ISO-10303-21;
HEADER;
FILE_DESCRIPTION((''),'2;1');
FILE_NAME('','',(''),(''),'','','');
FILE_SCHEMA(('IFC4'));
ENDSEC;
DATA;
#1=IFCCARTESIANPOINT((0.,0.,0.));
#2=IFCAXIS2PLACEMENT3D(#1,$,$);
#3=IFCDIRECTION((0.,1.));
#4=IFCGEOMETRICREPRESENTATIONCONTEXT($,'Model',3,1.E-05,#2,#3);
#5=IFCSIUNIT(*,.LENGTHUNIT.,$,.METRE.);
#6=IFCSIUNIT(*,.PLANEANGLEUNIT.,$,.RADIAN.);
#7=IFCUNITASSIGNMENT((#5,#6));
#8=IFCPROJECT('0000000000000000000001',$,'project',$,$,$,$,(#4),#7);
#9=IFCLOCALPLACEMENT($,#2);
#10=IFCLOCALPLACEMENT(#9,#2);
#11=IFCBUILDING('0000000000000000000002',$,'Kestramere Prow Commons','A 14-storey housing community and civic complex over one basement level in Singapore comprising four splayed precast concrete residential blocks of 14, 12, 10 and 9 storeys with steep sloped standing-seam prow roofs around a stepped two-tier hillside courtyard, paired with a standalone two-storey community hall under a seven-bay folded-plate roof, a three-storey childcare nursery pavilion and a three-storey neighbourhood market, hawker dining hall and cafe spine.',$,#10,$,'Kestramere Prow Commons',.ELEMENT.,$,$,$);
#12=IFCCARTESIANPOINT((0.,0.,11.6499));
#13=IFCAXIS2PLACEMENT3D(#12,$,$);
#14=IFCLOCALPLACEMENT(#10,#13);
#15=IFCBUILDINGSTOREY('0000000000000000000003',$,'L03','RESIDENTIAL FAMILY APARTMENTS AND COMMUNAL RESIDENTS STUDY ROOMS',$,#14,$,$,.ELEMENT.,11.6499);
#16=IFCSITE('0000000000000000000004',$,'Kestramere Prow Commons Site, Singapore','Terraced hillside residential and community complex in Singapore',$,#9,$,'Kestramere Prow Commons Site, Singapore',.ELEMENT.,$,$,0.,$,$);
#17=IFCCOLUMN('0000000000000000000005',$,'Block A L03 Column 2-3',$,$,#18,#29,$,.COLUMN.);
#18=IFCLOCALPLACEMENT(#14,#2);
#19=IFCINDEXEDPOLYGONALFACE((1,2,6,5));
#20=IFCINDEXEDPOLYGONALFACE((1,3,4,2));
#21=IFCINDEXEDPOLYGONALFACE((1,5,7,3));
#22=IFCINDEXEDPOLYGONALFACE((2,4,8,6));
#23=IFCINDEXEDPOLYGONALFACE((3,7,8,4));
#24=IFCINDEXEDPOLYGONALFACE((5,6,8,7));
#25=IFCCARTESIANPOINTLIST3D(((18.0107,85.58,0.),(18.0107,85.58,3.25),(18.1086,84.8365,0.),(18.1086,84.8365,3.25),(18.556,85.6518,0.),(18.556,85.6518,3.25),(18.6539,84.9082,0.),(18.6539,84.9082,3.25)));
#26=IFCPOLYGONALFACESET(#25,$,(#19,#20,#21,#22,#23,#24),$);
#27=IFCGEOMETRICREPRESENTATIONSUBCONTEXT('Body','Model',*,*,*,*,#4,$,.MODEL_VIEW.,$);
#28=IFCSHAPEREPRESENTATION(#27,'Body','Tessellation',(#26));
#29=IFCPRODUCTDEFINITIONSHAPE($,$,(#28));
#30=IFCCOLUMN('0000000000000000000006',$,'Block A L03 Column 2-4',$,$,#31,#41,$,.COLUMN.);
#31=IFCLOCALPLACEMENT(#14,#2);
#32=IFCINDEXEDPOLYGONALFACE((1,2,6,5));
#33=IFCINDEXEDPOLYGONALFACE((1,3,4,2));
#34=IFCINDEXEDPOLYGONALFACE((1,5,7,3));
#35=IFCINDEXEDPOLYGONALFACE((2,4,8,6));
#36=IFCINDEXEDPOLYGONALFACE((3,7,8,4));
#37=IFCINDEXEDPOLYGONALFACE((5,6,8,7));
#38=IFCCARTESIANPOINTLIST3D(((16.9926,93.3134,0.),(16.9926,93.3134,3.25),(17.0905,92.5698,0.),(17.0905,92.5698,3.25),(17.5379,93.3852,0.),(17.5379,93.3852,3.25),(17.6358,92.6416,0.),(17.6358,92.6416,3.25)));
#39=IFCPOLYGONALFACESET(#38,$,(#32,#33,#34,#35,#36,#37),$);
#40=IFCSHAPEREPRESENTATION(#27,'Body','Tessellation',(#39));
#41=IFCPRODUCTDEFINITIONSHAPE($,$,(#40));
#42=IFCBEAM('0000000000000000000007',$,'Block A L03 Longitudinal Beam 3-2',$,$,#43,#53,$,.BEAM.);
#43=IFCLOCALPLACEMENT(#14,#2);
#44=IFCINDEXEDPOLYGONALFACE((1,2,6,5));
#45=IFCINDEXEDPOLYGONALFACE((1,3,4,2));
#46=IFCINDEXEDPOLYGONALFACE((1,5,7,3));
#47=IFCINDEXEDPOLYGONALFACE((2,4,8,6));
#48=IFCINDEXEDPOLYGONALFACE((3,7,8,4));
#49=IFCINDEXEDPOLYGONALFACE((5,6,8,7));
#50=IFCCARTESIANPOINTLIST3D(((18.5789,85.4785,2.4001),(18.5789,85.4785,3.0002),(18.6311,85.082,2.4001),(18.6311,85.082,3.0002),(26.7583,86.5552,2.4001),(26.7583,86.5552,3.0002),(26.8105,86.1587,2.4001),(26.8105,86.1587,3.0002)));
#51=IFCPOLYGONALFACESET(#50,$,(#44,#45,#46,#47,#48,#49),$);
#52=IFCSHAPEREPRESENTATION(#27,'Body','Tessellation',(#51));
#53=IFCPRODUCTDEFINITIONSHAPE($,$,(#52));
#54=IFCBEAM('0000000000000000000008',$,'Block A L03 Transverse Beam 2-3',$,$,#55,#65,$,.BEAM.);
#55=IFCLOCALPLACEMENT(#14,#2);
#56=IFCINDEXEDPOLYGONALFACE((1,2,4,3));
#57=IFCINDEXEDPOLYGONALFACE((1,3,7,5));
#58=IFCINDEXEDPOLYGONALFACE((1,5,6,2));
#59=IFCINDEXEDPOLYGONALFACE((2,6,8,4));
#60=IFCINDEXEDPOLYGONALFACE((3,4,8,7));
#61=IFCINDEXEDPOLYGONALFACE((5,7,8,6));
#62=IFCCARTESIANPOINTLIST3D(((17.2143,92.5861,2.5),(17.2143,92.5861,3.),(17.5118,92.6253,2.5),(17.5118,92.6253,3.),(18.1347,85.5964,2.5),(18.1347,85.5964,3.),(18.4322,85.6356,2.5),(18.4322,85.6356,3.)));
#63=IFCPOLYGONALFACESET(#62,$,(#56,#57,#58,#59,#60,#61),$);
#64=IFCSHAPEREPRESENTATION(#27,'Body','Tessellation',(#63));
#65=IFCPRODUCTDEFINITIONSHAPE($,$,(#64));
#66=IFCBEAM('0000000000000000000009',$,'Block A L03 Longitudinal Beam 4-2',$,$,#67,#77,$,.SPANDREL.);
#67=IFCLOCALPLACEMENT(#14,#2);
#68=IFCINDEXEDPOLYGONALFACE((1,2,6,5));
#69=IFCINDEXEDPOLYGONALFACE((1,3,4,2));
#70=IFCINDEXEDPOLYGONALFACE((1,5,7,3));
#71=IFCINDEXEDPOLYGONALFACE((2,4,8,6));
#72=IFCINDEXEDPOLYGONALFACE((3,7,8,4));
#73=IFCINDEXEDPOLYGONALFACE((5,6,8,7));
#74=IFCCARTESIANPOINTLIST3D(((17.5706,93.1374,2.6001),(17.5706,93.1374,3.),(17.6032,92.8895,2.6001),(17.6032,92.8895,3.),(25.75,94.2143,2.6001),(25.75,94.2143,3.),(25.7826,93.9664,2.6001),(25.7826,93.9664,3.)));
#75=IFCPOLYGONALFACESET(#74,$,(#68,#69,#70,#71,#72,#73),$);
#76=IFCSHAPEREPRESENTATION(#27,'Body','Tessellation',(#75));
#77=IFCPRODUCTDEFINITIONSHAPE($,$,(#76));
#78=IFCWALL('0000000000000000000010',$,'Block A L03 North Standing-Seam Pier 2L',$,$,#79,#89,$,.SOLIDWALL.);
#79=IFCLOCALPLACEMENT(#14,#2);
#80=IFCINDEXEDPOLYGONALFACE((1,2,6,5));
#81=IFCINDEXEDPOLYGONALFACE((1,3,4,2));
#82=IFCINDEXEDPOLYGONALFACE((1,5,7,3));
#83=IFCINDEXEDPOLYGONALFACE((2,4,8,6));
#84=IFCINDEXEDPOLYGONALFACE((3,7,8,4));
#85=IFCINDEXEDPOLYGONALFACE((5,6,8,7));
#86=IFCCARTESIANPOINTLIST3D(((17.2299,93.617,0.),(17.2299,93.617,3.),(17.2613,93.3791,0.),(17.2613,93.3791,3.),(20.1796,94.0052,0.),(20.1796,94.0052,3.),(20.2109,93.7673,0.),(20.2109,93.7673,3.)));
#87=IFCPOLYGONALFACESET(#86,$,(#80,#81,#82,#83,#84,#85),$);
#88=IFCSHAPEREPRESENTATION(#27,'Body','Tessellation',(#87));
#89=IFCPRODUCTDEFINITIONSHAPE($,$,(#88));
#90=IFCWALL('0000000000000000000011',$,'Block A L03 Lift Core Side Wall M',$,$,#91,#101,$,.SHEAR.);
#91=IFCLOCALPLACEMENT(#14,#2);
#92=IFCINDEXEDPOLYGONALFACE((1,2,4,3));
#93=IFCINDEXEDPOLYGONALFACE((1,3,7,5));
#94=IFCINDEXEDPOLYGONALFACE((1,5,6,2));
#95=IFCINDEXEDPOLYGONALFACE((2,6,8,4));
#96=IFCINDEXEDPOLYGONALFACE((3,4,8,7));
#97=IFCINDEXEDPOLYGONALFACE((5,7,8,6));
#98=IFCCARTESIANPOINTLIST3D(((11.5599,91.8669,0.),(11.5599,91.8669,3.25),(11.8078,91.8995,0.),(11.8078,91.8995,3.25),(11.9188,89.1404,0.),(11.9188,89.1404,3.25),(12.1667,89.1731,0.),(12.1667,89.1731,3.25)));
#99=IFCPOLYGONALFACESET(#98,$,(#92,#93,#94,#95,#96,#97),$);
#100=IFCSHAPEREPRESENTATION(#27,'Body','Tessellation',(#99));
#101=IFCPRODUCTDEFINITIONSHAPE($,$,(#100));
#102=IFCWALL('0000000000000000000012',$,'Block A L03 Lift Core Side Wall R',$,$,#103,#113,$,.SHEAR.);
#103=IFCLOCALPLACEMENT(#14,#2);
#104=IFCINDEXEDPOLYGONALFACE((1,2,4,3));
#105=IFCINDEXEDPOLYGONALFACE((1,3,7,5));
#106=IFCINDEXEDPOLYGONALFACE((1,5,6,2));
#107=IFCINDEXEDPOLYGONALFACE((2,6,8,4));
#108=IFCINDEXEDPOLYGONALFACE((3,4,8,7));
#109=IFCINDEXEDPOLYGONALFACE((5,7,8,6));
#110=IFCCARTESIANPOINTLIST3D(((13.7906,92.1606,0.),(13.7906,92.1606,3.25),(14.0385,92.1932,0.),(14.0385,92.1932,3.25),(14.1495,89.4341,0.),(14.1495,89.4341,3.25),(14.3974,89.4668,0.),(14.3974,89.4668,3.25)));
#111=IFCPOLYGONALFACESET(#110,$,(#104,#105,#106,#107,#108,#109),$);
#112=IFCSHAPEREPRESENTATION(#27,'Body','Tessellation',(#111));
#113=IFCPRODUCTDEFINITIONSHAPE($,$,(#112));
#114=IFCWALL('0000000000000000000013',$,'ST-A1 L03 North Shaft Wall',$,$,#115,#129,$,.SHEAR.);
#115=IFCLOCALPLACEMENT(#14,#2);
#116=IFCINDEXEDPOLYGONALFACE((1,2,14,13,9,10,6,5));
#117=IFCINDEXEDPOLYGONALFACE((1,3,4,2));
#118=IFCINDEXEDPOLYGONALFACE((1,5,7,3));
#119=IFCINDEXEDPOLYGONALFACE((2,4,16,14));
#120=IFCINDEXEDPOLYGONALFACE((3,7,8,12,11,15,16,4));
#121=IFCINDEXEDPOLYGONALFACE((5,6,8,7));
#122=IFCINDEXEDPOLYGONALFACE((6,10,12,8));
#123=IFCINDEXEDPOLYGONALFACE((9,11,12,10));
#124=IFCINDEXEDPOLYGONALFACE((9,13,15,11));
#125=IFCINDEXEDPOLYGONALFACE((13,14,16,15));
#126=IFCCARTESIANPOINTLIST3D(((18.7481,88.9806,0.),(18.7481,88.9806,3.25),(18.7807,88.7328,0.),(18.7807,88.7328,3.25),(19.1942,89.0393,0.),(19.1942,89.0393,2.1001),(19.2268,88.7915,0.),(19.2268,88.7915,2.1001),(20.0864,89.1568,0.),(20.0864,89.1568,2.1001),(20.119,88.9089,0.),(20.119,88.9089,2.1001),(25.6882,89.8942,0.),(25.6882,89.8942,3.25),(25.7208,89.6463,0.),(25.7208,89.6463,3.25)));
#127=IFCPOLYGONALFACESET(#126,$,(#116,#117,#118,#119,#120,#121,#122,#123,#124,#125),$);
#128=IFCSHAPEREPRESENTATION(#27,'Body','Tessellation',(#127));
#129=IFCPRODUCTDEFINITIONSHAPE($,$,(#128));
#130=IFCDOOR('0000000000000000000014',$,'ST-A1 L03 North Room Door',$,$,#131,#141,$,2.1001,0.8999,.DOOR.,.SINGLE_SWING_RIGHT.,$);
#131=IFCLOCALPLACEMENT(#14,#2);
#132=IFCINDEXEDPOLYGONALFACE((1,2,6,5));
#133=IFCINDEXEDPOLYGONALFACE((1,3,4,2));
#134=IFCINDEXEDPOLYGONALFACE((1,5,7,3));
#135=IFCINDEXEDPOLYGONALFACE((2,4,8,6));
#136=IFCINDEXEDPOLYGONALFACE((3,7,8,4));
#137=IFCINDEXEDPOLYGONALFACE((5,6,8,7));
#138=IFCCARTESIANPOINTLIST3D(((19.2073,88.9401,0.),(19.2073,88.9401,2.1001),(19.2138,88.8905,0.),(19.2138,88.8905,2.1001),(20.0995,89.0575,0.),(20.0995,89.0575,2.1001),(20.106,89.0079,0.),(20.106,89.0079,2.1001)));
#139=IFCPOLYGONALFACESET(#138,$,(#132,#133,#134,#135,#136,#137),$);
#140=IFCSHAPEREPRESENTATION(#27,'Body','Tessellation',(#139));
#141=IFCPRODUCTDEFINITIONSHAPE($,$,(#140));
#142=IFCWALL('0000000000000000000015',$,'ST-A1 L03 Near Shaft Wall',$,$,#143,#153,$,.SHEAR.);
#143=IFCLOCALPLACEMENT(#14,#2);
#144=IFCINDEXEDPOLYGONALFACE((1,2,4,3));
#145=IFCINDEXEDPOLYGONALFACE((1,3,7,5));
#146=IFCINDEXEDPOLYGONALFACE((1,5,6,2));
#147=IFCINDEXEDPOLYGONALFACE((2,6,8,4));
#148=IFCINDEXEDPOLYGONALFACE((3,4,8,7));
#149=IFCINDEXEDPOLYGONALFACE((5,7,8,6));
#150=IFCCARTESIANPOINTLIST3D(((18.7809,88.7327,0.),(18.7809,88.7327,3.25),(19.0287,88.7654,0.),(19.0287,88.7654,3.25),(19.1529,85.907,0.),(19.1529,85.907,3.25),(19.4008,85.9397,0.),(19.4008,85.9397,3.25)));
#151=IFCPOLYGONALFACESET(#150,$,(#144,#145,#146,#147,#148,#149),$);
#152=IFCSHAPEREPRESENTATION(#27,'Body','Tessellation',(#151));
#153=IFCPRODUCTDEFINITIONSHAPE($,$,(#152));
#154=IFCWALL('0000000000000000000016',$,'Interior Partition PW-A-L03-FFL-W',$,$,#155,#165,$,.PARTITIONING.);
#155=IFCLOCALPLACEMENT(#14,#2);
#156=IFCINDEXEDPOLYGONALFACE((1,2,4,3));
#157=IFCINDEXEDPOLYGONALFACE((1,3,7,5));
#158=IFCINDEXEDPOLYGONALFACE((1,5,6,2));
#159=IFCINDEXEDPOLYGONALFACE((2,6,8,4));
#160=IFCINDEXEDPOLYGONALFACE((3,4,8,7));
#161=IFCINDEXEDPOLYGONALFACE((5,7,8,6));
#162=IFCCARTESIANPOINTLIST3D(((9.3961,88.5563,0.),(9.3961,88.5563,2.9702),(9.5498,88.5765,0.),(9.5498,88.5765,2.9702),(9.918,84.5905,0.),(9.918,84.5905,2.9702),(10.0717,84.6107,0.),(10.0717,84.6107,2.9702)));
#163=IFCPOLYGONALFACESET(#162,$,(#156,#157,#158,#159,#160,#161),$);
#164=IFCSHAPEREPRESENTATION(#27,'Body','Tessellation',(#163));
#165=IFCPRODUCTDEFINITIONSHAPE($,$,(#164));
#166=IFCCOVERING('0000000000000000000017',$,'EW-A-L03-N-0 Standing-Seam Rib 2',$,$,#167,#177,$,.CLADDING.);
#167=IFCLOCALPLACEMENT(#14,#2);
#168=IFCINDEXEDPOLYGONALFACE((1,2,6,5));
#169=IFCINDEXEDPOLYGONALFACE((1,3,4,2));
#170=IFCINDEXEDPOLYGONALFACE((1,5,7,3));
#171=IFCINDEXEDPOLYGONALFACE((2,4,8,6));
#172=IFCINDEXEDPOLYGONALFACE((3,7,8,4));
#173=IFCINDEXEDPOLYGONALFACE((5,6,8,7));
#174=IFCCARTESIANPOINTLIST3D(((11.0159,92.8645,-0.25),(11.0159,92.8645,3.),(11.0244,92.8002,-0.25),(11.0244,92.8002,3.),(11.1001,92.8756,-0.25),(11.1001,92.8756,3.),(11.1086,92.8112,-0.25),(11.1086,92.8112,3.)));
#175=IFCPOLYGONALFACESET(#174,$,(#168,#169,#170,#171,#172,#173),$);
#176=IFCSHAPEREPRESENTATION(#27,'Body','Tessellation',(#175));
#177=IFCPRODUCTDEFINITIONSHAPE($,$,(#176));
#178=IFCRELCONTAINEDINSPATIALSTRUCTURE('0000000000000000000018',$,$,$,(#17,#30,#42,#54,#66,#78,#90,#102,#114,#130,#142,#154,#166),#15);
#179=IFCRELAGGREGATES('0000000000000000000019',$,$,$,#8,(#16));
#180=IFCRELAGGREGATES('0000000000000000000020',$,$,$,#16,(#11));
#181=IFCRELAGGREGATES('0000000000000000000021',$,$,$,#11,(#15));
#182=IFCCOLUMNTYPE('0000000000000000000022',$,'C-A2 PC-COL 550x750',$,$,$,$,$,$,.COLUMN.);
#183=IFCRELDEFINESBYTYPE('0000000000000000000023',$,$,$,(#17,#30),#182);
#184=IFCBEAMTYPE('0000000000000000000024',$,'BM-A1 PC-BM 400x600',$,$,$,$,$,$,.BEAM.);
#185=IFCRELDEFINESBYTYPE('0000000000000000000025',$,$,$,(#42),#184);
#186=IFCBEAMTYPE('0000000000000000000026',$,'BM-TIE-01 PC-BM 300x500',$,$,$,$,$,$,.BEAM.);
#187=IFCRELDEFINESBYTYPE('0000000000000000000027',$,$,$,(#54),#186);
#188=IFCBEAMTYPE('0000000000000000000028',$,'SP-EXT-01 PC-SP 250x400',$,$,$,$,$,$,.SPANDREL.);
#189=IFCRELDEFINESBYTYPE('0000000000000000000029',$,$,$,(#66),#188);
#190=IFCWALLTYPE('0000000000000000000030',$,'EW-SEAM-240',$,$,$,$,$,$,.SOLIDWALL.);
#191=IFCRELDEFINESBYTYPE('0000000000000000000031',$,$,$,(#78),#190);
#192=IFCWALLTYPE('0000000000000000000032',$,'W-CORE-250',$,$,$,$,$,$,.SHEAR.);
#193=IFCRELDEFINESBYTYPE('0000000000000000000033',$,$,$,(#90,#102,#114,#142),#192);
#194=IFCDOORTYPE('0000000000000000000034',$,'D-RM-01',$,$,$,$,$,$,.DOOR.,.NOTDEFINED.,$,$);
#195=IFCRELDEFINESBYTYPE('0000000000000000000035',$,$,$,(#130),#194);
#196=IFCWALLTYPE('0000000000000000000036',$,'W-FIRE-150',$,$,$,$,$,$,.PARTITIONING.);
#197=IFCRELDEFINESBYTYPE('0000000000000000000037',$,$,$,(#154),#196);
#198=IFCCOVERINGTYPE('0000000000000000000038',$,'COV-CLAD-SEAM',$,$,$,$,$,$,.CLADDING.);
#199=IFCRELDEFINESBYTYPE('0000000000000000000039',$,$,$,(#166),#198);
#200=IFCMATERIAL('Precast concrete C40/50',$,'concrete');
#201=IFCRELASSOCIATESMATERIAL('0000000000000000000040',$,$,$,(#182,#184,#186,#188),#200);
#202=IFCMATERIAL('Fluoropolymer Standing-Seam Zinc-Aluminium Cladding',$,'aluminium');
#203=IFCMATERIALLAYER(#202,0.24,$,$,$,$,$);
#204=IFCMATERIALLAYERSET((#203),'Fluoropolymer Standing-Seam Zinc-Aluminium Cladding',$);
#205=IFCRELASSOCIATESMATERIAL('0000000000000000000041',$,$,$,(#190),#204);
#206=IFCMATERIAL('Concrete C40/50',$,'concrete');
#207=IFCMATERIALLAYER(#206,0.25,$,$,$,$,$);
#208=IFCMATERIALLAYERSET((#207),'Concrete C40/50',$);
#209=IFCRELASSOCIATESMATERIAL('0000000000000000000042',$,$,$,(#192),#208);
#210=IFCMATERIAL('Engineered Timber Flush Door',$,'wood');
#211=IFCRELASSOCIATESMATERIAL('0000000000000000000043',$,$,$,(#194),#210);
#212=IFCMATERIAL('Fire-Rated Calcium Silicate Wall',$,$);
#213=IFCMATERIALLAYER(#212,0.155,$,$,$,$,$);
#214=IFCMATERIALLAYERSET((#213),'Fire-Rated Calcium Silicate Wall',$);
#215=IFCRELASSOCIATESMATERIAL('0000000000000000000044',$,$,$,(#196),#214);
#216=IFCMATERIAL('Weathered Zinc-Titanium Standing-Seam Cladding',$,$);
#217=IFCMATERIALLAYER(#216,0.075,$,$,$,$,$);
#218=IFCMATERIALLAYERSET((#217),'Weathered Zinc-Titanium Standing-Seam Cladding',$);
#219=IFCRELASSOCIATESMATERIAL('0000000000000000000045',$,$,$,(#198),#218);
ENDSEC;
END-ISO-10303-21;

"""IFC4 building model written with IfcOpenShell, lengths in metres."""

from ifc_helpers import new_model, si_unit, direction, frame, frame_2d, origin, origin_2d, place, context, subcontext, project, spatial, rectangle, extrude, material, layer, layer_set, material_profile, profile_set, type_object, element, fill, save


model = new_model("IFC4")

# Units and contexts
model_context = context("Model", 3, precision=1e-05, world=origin(), true_north=direction((0.0, 1.0)))
body_context = subcontext(model_context, "Body", "Model", "MODEL_VIEW")
ifc_project = project(units=[si_unit("LENGTHUNIT", "METRE"), si_unit("PLANEANGLEUNIT", "RADIAN")], contexts=[model_context])

# Site, building, storey
site_placement = place(None, origin())
site = spatial("IfcSite", under=ifc_project, at=site_placement, Name="Kestramere Prow Commons Site, Singapore", Description="Terraced hillside residential and community complex in Singapore", LongName="Kestramere Prow Commons Site, Singapore", CompositionType="ELEMENT", RefElevation=0.0)
building_placement = place(site_placement, origin())
building = spatial("IfcBuilding", under=site, at=building_placement, Name="Kestramere Prow Commons", Description="A 14-storey housing community and civic complex over one basement level in Singapore comprising four splayed precast concrete residential blocks of 14, 12, 10 and 9 storeys with steep sloped standing-seam prow roofs around a stepped two-tier hillside courtyard, paired with a standalone two-storey community hall under a seven-bay folded-plate roof, a three-storey childcare nursery pavilion and a three-storey neighbourhood market, hawker dining hall and cafe spine.", LongName="Kestramere Prow Commons", CompositionType="ELEMENT")
storey_placement = place(building_placement, frame((0.0, 0.0, 11.6499)))
storey = spatial("IfcBuildingStorey", under=building, at=storey_placement, Name="L03", Description="RESIDENTIAL FAMILY APARTMENTS AND COMMUNAL RESIDENTS STUDY ROOMS", CompositionType="ELEMENT", Elevation=11.6499)

# Columns
ifc_material_1 = material(Name="Precast concrete C40/50", Category="concrete")
ifc_material_profile_1 = material_profile(ifc_material_1, rectangle(XDim=0.55, YDim=0.75, at=origin_2d()), Name="PC-COL 550x750")
ifc_profile_set_1 = profile_set([ifc_material_profile_1], Name="Precast concrete C40/50")
column_type = type_object("IfcColumnType", Name="C-A2 PC-COL 550x750", PredefinedType="COLUMN", material=ifc_profile_set_1)
for number, where, z_axis, x_axis, name in (
    (1, (18.3323, 85.2441, 0.0), (0.0, 0.0, 1.0), (0.991445, 0.130526, 0.0), "Block A L03 Column 2-3"),
    (2, (17.3142, 92.9775, 0.0), (0.0, 0.0, 1.0), (0.991445, 0.130526, 0.0), "Block A L03 Column 2-4"),
):
    element("IfcColumn", number, at=place(storey_placement, frame(where, z_axis=z_axis, x_axis=x_axis)), inside=storey, type_object=column_type, Name=name, PredefinedType="COLUMN", context=body_context, shape_type="SweptSolid", body=[
        extrude(rectangle(XDim=0.55, YDim=0.75, at=origin_2d()), origin(), (0.0, 0.0, 1.0), 3.25),
    ])

# Beams
ifc_material_profile_2 = material_profile(ifc_material_1, rectangle(XDim=0.3999, YDim=0.6001, at=origin_2d()), Name="PC-BM 400x600")
ifc_profile_set_2 = profile_set([ifc_material_profile_2], Name="Precast concrete C40/50")
beam_type_1 = type_object("IfcBeamType", Name="BM-A1 PC-BM 400x600", PredefinedType="BEAM", material=ifc_profile_set_2)
beam_1_placement = place(storey_placement, frame((18.605, 85.2803, 2.7002), z_axis=(0.991448, 0.130504, 0.0), x_axis=(-0.130504, 0.991448, 0.0)))
element("IfcBeam", 3, at=beam_1_placement, inside=storey, type_object=beam_type_1, Name="Block A L03 Longitudinal Beam 3-2", PredefinedType="BEAM", context=body_context, shape_type="SweptSolid", body=[
    extrude(rectangle(XDim=0.3999, YDim=0.6001, at=origin_2d()), origin(), (0.0, 0.0, 1.0), 8.25),
])
ifc_material_profile_3 = material_profile(ifc_material_1, rectangle(XDim=0.3, YDim=0.5, at=origin_2d()), Name="PC-BM 300x500")
ifc_profile_set_3 = profile_set([ifc_material_profile_3], Name="Precast concrete C40/50")
beam_type_2 = type_object("IfcBeamType", Name="BM-TIE-01 PC-BM 300x500", PredefinedType="BEAM", material=ifc_profile_set_3)
beam_2_placement = place(storey_placement, frame((18.2834, 85.616, 2.75), z_axis=(-0.130553, 0.991441, 0.0), x_axis=(-0.991441, -0.130553, 0.0)))
element("IfcBeam", 4, at=beam_2_placement, inside=storey, type_object=beam_type_2, Name="Block A L03 Transverse Beam 2-3", PredefinedType="BEAM", context=body_context, shape_type="SweptSolid", body=[
    extrude(rectangle(XDim=0.3, YDim=0.5, at=origin_2d()), origin(), (0.0, 0.0, 1.0), 7.05),
])
ifc_material_profile_4 = material_profile(ifc_material_1, rectangle(XDim=0.25, YDim=0.3999, at=origin_2d()), Name="PC-SP 250x400")
ifc_profile_set_4 = profile_set([ifc_material_profile_4], Name="Precast concrete C40/50")
beam_type_3 = type_object("IfcBeamType", Name="SP-EXT-01 PC-SP 250x400", PredefinedType="SPANDREL", material=ifc_profile_set_4)
beam_3_placement = place(storey_placement, frame((17.5869, 93.0134, 2.8), z_axis=(0.991444, 0.130533, 0.0), x_axis=(-0.130533, 0.991444, 0.0)))
element("IfcBeam", 5, at=beam_3_placement, inside=storey, type_object=beam_type_3, Name="Block A L03 Longitudinal Beam 4-2", PredefinedType="SPANDREL", context=body_context, shape_type="SweptSolid", body=[
    extrude(rectangle(XDim=0.25, YDim=0.3999, at=origin_2d()), origin(), (0.0, 0.0, 1.0), 8.25),
])

# Wall
ifc_material_2 = material(Name="Fluoropolymer Standing-Seam Zinc-Aluminium Cladding", Category="aluminium")
ifc_layer_1 = layer(ifc_material_2, 0.24)
ifc_layer_set_1 = layer_set([ifc_layer_1], Name="Fluoropolymer Standing-Seam Zinc-Aluminium Cladding")
wall_type_1 = type_object("IfcWallType", Name="EW-SEAM-240", PredefinedType="SOLIDWALL", material=ifc_layer_set_1)
wall_1_placement = place(storey_placement, frame((17.2456, 93.498, 0.0), z_axis=(0.0, 0.0, 1.0), x_axis=(0.991452, 0.130476, 0.0)))
element("IfcWall", 6, at=wall_1_placement, inside=storey, type_object=wall_type_1, Name="Block A L03 North Standing-Seam Pier 2L", PredefinedType="SOLIDWALL", context=body_context, shape_type="SweptSolid", body=[
    extrude(rectangle(XDim=2.9751, YDim=0.24, at=frame_2d((1.4875, 0.0))), origin(), (0.0, 0.0, 1.0), 3.0),
])

# Shared definitions
ifc_material_3 = material(Name="Concrete C40/50", Category="concrete")
ifc_layer_2 = layer(ifc_material_3, 0.25)
ifc_layer_set_2 = layer_set([ifc_layer_2], Name="Concrete C40/50")
wall_type_2 = type_object("IfcWallType", Name="W-CORE-250", PredefinedType="SHEAR", material=ifc_layer_set_2)

# Walls
for number, where, z_axis, x_axis, name in (
    (7, (12.0427, 89.1567, 0.0), (0.0, 0.0, 1.0), (-0.1305, 0.991448, 0.0), "Block A L03 Lift Core Side Wall M"),
    (8, (14.2734, 89.4504, 0.0), (0.0, 0.0, 1.0), (-0.1305, 0.991448, 0.0), "Block A L03 Lift Core Side Wall R"),
):
    element("IfcWall", number, at=place(storey_placement, frame(where, z_axis=z_axis, x_axis=x_axis)), inside=storey, type_object=wall_type_2, Name=name, PredefinedType="SHEAR", context=body_context, shape_type="SweptSolid", body=[
        extrude(rectangle(XDim=2.75, YDim=0.25, at=frame_2d((1.375, 0.0))), origin(), (0.0, 0.0, 1.0), 3.25),
    ])

# Wall, opening, door
wall_2_placement = place(storey_placement, frame((18.7644, 88.8567, 0.0), z_axis=(0.0, 0.0, 1.0), x_axis=(0.991447, 0.13051, 0.0)))
wall_2 = element("IfcWall", 9, at=wall_2_placement, inside=storey, type_object=wall_type_2, Name="ST-A1 L03 North Shaft Wall", PredefinedType="SHEAR", context=body_context, shape_type="SweptSolid", body=[
    extrude(rectangle(XDim=7.0, YDim=0.25, at=frame_2d((3.5, 0.0))), origin(), (0.0, 0.0, 1.0), 3.25),
])
opening_1_placement = place(wall_2_placement, frame((0.45, 0.0, 0.0)))
opening_1 = element("IfcOpeningElement", 10, at=opening_1_placement, cuts=wall_2, PredefinedType="OPENING", context=body_context, shape_type="SweptSolid", body=[
    extrude(rectangle(XDim=0.8999, YDim=2.1001, at=frame_2d((0.45, 1.05))), frame((0.0, 0.1399, 0.0), z_axis=(0.0, -1.0, 0.0), x_axis=(1.0, 0.0, 0.0)), (0.0, 0.0, 1.0), 0.28),
])
ifc_material_4 = material(Name="Engineered Timber Flush Door", Category="wood")
door_type_1 = type_object("IfcDoorType", Name="D-RM-01", OperationType="NOTDEFINED", PredefinedType="DOOR", material=ifc_material_4)
door_1_placement = place(opening_1_placement, origin())
door_1 = element("IfcDoor", 11, at=door_1_placement, inside=storey, type_object=door_type_1, Name="ST-A1 L03 North Room Door", OperationType="SINGLE_SWING_RIGHT", OverallHeight=2.1001, OverallWidth=0.8999, PredefinedType="DOOR", context=body_context, shape_type="SweptSolid", body=[
    extrude(rectangle(XDim=0.8999, YDim=2.1001, at=frame_2d((0.45, 1.05))), frame((0.0, 0.0249, 0.0), z_axis=(0.0, -1.0, 0.0), x_axis=(1.0, 0.0, 0.0)), (0.0, 0.0, 1.0), 0.05),
])
fill(opening_1, door_1)

# Walls
wall_3_placement = place(storey_placement, frame((19.2769, 85.9233, 0.0), z_axis=(0.0, 0.0, 1.0), x_axis=(-0.130548, 0.991442, 0.0)))
element("IfcWall", 12, at=wall_3_placement, inside=storey, type_object=wall_type_2, Name="ST-A1 L03 Near Shaft Wall", PredefinedType="SHEAR", context=body_context, shape_type="SweptSolid", body=[
    extrude(rectangle(XDim=2.8501, YDim=0.25, at=frame_2d((1.425, 0.0))), origin(), (0.0, 0.0, 1.0), 3.25),
])
ifc_material_5 = material(Name="Fire-Rated Calcium Silicate Wall")
ifc_layer_3 = layer(ifc_material_5, 0.155)
ifc_layer_set_3 = layer_set([ifc_layer_3], Name="Fire-Rated Calcium Silicate Wall")
wall_type_3 = type_object("IfcWallType", Name="W-FIRE-150", PredefinedType="PARTITIONING", material=ifc_layer_set_3)
wall_4_placement = place(storey_placement, frame((9.9949, 84.6006, 0.0), z_axis=(0.0, 0.0, 1.0), x_axis=(-0.130492, 0.991449, 0.0)))
element("IfcWall", 13, at=wall_4_placement, inside=storey, type_object=wall_type_3, Name="Interior Partition PW-A-L03-FFL-W", PredefinedType="PARTITIONING", context=body_context, shape_type="SweptSolid", body=[
    extrude(rectangle(XDim=4.0, YDim=0.155, at=frame_2d((2.0, 0.0))), origin(), (0.0, 0.0, 1.0), 2.9702),
])

# Covering
ifc_material_6 = material(Name="Weathered Zinc-Titanium Standing-Seam Cladding")
ifc_layer_4 = layer(ifc_material_6, 0.075)
ifc_layer_set_4 = layer_set([ifc_layer_4], Name="Weathered Zinc-Titanium Standing-Seam Cladding")
covering_type = type_object("IfcCoveringType", Name="COV-CLAD-SEAM", PredefinedType="CLADDING", material=ifc_layer_set_4)
for number, where, z_axis, x_axis, name in (
    (14, (11.0623, 92.8379, -0.25), (0.0, 0.0, 1.0), (0.991445, 0.130526, 0.0), "EW-A-L03-N-0 Standing-Seam Rib 2"),
):
    element("IfcCovering", number, at=place(storey_placement, frame(where, z_axis=z_axis, x_axis=x_axis)), inside=storey, type_object=covering_type, Name=name, PredefinedType="CLADDING", context=body_context, shape_type="SweptSolid", body=[
        extrude(rectangle(XDim=0.085, YDim=0.0649, at=origin_2d()), origin(), (0.0, 0.0, 1.0), 3.25),
    ])

save(model, "model.ifc")
